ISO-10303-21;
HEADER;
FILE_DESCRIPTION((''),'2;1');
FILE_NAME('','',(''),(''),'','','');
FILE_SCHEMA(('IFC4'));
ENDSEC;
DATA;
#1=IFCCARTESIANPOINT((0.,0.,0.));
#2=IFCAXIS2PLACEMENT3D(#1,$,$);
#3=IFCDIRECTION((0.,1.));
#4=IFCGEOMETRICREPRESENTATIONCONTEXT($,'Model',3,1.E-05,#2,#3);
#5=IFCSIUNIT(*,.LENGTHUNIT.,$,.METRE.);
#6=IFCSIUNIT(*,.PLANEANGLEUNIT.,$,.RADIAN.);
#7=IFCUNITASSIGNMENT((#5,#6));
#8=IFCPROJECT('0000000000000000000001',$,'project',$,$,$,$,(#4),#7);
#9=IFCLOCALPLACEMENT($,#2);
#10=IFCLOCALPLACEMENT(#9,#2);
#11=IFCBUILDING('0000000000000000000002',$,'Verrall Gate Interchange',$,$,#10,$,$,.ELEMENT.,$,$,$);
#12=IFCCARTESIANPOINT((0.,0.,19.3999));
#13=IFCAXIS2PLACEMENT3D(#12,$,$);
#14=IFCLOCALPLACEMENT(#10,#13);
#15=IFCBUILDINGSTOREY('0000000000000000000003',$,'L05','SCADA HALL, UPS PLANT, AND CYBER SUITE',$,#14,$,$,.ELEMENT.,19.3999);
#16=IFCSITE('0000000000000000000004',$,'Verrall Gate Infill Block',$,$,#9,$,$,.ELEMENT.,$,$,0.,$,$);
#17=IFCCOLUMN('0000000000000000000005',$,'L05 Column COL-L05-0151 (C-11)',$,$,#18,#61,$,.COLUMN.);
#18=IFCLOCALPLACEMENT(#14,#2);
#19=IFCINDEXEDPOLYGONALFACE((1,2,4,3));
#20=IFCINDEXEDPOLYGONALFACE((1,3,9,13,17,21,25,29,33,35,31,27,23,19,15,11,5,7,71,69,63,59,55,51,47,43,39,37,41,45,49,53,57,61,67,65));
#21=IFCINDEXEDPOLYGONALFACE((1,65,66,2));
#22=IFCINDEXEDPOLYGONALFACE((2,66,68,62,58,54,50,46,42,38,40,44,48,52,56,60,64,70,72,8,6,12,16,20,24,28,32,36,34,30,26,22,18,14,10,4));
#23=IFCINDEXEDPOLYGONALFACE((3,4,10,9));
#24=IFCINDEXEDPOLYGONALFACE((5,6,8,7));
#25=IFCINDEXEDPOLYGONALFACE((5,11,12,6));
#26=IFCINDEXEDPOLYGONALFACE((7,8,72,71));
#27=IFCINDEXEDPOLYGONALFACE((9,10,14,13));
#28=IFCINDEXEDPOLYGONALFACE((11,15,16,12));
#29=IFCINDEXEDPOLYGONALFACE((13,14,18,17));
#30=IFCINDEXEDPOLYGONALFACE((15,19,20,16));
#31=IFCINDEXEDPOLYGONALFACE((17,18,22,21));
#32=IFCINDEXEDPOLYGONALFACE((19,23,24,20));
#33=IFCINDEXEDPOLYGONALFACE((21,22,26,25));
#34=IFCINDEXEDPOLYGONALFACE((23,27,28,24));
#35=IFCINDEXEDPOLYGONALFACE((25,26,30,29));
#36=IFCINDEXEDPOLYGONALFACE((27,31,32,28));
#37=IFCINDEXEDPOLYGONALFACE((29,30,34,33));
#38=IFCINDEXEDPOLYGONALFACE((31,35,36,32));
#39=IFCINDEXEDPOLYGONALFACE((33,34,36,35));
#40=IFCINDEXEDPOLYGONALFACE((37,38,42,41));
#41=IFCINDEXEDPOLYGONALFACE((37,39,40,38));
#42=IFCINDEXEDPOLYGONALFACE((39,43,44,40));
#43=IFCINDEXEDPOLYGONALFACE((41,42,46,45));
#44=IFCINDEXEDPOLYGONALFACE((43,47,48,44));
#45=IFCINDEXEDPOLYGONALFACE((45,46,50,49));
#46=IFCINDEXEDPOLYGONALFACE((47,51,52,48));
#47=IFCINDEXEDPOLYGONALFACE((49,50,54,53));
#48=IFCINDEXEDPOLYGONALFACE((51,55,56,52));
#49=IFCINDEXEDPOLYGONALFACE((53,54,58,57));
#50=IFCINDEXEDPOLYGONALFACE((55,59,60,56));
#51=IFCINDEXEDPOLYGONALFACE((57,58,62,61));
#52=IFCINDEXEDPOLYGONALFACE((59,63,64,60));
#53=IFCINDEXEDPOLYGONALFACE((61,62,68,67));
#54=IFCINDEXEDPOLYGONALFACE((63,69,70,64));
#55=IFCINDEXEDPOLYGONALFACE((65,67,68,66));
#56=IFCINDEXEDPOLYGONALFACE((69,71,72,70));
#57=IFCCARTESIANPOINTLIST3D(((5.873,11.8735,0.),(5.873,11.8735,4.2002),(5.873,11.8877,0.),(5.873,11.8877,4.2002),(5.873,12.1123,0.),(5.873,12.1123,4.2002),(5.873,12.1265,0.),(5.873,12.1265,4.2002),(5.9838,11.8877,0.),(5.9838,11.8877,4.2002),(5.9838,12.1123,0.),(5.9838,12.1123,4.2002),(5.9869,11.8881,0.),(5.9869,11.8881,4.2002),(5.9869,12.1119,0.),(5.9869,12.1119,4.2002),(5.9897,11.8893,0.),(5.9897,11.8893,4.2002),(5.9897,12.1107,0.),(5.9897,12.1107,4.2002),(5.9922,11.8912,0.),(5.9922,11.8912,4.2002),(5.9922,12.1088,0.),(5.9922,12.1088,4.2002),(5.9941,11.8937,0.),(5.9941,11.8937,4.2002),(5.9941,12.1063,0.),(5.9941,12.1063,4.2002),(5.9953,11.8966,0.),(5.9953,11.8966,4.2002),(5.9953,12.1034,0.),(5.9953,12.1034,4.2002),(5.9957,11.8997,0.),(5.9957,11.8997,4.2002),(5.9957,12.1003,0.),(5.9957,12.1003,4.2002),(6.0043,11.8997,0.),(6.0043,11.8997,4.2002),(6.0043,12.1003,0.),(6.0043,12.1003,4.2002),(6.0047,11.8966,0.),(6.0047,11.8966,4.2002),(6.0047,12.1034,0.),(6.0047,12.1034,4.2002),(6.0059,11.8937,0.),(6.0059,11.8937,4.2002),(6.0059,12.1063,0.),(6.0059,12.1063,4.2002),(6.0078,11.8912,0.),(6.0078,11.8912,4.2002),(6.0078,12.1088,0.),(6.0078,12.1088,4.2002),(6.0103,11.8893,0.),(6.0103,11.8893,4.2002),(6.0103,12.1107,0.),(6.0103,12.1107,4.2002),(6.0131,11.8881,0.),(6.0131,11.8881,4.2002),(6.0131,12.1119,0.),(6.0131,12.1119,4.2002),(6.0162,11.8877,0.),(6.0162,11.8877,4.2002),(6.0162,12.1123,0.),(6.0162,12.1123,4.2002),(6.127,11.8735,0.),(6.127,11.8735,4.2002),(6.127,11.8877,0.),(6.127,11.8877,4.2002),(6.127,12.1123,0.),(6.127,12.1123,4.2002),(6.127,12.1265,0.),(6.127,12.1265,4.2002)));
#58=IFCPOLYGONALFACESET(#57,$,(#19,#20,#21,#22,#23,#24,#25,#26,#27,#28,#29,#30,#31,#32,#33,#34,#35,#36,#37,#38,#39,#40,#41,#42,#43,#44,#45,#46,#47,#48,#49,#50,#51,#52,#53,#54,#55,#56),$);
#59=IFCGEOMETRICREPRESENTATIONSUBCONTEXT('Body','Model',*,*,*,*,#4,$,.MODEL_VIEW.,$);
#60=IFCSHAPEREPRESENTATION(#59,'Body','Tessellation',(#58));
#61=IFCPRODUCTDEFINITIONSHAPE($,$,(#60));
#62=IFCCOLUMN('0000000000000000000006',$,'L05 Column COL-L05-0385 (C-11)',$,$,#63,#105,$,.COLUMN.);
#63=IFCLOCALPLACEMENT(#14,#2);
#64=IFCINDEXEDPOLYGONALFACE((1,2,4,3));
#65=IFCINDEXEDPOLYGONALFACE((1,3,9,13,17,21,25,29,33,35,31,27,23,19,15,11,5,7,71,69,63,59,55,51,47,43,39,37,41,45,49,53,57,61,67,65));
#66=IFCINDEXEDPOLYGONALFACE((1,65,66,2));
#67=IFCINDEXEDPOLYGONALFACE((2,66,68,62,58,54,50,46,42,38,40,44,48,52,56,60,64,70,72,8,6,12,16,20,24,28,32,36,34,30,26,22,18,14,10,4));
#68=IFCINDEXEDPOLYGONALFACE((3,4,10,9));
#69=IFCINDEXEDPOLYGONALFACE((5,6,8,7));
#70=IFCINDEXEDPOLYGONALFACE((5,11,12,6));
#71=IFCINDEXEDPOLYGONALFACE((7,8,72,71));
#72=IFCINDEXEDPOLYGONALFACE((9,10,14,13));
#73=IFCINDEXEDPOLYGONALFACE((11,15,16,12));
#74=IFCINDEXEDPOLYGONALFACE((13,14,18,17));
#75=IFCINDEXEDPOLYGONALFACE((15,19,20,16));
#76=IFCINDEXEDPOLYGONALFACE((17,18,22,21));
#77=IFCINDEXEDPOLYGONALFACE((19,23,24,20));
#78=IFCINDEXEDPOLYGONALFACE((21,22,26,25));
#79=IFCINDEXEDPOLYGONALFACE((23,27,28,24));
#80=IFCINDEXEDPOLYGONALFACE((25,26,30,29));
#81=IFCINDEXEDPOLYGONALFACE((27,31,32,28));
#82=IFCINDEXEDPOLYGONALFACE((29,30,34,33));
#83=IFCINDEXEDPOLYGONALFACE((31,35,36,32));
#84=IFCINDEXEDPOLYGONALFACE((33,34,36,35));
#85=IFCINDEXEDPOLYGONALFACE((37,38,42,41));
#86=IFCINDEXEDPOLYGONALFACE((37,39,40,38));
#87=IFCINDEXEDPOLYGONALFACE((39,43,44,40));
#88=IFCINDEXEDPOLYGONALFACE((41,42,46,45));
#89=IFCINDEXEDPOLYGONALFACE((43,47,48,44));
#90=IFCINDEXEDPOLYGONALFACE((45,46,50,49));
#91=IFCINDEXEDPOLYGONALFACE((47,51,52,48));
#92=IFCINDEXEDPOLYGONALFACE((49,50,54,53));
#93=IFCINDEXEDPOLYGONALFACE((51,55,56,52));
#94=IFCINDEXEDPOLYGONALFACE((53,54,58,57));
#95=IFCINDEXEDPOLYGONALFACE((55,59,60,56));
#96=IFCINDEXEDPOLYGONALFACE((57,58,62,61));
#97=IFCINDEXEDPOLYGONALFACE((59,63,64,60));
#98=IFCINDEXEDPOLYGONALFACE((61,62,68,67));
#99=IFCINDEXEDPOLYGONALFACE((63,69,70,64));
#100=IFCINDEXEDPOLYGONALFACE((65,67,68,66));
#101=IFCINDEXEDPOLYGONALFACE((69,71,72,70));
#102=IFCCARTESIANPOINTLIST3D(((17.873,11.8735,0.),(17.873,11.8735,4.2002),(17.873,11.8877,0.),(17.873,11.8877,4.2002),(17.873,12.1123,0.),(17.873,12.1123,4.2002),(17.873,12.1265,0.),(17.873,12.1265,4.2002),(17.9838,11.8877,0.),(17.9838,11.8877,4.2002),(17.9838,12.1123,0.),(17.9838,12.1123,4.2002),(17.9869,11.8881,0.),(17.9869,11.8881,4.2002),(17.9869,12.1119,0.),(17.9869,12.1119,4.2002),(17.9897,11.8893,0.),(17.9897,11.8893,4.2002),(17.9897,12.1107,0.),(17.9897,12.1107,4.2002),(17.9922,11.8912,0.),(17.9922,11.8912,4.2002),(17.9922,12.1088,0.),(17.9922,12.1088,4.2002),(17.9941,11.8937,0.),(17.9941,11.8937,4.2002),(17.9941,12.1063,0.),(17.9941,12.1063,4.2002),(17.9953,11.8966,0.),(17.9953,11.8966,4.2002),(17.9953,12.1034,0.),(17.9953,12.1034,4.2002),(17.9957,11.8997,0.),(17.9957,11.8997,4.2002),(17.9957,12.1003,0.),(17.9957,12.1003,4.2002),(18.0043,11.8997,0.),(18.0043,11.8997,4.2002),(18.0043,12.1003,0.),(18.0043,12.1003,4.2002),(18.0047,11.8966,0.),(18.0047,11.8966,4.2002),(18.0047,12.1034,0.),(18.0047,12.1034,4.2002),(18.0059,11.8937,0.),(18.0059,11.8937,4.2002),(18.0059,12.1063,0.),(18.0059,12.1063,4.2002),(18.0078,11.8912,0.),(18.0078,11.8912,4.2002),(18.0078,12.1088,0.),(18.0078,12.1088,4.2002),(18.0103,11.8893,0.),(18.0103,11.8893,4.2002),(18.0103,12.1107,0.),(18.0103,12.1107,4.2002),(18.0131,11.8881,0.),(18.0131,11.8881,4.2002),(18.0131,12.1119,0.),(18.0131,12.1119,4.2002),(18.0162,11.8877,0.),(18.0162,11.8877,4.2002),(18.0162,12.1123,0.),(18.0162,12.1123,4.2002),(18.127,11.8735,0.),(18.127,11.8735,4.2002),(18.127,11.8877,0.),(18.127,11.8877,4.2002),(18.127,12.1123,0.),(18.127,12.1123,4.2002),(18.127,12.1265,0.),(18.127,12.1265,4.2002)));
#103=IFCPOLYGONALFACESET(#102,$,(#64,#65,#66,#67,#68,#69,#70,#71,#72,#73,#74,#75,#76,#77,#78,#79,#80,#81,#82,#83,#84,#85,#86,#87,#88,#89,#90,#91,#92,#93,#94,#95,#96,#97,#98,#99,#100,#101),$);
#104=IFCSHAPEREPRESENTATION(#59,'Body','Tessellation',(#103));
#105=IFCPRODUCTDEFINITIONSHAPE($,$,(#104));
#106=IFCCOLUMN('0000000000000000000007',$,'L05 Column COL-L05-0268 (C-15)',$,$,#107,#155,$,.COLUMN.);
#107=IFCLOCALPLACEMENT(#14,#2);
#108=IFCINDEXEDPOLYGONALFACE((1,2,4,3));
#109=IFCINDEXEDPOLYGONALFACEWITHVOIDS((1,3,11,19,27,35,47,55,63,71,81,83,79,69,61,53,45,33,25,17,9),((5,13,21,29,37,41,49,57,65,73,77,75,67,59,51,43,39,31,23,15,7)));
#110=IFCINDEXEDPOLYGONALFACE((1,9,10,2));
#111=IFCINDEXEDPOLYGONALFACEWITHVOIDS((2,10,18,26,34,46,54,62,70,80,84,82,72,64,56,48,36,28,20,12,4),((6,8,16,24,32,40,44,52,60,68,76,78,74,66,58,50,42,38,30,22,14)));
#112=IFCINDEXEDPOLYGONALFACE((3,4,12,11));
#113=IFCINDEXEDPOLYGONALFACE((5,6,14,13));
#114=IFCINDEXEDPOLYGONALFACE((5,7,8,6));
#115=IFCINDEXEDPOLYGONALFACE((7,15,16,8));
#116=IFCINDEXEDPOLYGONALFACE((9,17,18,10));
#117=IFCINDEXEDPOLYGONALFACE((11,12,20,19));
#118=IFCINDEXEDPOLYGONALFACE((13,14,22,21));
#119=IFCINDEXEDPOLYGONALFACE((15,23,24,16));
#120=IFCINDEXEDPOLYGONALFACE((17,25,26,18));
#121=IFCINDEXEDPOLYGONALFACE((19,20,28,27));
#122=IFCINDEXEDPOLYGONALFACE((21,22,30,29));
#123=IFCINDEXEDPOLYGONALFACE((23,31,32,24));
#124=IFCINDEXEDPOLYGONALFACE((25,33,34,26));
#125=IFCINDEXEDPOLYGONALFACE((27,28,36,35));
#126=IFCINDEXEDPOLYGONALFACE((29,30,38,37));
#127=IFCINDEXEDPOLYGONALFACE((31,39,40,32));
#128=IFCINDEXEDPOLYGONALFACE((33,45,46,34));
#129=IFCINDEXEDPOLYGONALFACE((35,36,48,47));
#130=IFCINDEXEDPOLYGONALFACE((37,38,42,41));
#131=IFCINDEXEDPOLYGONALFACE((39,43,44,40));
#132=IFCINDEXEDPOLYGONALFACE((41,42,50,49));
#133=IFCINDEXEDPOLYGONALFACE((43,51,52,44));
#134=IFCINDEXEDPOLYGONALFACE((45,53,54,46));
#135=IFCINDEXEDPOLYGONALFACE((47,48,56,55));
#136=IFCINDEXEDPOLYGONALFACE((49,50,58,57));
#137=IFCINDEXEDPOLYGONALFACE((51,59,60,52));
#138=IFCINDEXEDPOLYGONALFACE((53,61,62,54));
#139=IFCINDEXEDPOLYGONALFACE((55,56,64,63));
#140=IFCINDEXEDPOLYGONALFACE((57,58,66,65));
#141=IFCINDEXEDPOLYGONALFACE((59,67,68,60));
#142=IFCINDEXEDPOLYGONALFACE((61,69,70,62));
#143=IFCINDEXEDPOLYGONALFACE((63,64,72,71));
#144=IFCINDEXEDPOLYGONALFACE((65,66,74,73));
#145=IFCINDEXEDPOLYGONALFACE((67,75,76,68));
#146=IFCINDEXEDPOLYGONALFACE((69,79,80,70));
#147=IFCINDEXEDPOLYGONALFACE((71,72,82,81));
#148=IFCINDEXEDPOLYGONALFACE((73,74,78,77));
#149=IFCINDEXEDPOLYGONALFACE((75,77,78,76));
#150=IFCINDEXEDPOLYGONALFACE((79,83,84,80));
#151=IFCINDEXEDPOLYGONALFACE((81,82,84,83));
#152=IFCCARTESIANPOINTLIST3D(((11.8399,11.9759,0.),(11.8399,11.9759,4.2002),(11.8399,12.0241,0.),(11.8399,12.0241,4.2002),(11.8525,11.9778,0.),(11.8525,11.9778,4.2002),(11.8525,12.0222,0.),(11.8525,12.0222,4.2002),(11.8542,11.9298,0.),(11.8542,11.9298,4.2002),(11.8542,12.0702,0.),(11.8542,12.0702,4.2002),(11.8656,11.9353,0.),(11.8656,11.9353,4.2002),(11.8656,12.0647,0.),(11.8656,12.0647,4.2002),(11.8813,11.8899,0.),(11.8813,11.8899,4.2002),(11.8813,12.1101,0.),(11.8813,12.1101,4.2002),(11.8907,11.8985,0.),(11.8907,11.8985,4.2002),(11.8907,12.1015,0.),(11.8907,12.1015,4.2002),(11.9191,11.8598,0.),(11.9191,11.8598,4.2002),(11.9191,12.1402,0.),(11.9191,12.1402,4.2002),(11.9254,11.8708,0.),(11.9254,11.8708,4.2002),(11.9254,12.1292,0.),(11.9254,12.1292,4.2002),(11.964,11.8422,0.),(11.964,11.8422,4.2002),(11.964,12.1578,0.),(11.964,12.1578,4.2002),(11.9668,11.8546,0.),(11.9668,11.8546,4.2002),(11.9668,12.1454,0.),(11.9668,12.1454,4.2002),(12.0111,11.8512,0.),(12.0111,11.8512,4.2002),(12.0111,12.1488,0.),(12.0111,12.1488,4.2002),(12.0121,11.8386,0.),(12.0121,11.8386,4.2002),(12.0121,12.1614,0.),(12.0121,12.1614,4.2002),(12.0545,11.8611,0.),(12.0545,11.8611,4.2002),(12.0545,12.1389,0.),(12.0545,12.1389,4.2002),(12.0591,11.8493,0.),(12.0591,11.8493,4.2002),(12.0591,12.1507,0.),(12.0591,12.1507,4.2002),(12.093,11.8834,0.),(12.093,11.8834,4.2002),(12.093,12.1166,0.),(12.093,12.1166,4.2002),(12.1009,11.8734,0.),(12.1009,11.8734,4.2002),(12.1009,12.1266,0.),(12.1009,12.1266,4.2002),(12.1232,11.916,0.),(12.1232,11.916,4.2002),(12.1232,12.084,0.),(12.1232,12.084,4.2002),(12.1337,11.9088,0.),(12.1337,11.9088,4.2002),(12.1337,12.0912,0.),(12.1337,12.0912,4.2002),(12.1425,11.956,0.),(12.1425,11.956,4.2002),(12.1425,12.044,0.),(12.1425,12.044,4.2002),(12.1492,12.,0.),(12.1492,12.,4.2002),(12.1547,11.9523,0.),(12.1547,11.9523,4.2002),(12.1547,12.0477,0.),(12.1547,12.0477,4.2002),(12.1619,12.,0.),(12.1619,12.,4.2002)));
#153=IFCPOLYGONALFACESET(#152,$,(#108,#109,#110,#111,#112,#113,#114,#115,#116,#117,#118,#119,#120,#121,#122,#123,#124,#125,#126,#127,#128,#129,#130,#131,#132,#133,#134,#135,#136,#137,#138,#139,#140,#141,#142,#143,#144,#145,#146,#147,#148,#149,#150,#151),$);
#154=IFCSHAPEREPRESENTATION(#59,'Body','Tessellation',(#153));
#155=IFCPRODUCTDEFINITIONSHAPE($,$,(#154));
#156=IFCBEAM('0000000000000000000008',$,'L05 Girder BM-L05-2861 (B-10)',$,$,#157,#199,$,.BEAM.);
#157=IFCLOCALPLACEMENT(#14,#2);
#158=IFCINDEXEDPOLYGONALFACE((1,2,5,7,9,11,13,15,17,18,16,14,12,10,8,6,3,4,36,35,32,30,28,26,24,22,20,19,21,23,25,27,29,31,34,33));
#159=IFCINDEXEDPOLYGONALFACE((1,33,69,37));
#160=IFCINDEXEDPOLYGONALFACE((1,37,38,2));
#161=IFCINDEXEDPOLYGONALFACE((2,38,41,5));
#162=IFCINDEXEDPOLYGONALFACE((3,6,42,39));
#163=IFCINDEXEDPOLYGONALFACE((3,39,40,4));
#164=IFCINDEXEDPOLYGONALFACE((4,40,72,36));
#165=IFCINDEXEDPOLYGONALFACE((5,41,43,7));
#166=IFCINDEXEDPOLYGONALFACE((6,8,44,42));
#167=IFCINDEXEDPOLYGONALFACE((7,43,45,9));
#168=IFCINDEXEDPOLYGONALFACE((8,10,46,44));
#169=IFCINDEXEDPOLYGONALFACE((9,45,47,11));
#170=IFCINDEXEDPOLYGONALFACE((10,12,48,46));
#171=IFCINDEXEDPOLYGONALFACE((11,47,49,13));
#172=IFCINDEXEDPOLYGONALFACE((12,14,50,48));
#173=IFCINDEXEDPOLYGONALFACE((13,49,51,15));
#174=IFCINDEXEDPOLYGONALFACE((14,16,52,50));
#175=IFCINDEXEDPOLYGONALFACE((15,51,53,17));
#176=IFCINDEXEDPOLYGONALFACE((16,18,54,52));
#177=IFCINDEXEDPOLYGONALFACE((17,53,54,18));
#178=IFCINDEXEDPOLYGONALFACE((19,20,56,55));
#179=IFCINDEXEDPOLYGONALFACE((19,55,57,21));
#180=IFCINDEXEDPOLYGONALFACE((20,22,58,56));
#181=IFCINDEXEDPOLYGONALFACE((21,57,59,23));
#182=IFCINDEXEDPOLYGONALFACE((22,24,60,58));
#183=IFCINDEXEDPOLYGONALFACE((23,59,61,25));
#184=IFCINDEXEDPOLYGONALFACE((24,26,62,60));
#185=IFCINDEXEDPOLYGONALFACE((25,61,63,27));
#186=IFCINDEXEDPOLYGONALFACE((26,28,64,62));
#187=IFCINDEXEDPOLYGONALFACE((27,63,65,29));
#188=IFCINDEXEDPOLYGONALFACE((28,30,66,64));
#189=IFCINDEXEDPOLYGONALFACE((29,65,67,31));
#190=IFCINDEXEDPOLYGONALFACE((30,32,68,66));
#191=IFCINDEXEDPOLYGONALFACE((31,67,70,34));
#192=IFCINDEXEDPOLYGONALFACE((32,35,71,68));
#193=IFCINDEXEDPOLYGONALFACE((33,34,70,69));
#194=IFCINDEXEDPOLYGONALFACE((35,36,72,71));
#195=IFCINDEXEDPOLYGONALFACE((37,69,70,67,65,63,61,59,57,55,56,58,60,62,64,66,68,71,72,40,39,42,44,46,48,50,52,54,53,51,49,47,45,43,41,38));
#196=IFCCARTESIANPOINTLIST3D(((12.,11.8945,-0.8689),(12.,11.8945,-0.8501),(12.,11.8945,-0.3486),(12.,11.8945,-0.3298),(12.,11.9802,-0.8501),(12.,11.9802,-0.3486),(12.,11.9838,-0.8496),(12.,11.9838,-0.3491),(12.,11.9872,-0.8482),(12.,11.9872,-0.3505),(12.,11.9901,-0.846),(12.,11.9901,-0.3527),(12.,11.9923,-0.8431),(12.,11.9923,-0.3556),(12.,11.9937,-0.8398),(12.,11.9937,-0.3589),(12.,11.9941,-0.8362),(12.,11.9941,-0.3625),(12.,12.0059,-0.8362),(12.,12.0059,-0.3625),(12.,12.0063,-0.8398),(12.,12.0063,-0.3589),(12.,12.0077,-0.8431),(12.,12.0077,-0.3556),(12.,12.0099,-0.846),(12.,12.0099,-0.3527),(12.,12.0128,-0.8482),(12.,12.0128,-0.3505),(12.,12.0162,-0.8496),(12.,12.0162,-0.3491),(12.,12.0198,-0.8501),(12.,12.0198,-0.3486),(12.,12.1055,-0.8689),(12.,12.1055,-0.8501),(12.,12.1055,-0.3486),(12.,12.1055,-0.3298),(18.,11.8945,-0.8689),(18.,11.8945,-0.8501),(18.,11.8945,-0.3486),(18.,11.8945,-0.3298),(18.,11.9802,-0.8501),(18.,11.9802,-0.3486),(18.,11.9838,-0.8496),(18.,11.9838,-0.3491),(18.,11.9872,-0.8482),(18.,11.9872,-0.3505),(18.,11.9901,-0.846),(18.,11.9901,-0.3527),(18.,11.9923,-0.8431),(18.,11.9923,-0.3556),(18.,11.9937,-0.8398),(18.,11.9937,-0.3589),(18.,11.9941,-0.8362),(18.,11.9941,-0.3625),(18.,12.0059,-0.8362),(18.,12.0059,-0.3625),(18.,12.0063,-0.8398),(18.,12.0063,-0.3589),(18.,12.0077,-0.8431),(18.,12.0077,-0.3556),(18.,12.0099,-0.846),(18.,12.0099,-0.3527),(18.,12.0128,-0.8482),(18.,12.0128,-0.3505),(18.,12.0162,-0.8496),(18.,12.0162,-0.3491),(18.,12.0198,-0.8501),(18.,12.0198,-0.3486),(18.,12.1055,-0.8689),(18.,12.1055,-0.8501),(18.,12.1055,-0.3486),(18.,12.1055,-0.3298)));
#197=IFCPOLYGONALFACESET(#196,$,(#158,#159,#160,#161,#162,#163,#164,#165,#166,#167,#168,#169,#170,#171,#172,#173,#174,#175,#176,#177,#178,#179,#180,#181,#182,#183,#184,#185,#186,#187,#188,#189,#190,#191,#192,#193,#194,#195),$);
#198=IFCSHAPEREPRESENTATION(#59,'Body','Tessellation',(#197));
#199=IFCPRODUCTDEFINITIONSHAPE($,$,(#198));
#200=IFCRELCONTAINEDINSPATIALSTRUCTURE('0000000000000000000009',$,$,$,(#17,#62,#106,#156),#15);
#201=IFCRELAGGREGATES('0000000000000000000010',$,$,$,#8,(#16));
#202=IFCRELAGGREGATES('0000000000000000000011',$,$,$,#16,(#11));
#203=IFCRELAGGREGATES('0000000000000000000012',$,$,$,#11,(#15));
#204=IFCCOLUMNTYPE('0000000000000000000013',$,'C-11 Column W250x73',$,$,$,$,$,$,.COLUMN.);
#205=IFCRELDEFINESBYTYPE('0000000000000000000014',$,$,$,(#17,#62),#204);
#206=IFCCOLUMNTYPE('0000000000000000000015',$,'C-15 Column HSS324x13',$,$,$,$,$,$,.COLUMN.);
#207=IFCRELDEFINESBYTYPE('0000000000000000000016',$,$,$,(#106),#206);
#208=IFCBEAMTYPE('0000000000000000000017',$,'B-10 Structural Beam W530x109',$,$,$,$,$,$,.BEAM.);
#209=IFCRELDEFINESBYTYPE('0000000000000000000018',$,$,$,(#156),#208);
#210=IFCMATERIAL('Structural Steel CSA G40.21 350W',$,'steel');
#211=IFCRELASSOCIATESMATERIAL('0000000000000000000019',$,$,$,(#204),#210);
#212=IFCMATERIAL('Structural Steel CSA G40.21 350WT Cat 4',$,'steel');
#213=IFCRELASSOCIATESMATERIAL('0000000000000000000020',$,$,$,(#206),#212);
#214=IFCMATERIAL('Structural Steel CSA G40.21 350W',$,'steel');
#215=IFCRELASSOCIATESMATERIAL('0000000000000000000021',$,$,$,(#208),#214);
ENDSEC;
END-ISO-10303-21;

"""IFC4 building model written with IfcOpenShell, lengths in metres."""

from ifc_helpers import new_model, si_unit, direction, frame, origin, origin_2d, place, context, subcontext, project, spatial, hollow_circle, i_section, extrude, material, material_profile, profile_set, type_object, element, save


model = new_model("IFC4")

# Units and contexts
model_context = context("Model", 3, precision=1e-05, world=origin(), true_north=direction((0.0, 1.0)))
body_context = subcontext(model_context, "Body", "Model", "MODEL_VIEW")
ifc_project = project(units=[si_unit("LENGTHUNIT", "METRE"), si_unit("PLANEANGLEUNIT", "RADIAN")], contexts=[model_context])

# Site, building, storey
site_placement = place(None, origin())
site = spatial("IfcSite", under=ifc_project, at=site_placement, Name="Verrall Gate Infill Block", CompositionType="ELEMENT", RefElevation=0.0)
building_placement = place(site_placement, origin())
building = spatial("IfcBuilding", under=site, at=building_placement, Name="Verrall Gate Interchange", CompositionType="ELEMENT")
storey_placement = place(building_placement, frame((0.0, 0.0, 19.3999)))
storey = spatial("IfcBuildingStorey", under=building, at=storey_placement, Name="L05", Description="SCADA HALL, UPS PLANT, AND CYBER SUITE", CompositionType="ELEMENT", Elevation=19.3999)

# Columns
ifc_material_1 = material(Name="Structural Steel CSA G40.21 350W", Category="steel")
ifc_material_profile_1 = material_profile(ifc_material_1, i_section(OverallWidth=0.2539, OverallDepth=0.2529, WebThickness=0.0085, FlangeThickness=0.0142, FilletRadius=0.012, at=origin_2d()), Name="W250x73")
ifc_profile_set_1 = profile_set([ifc_material_profile_1], Name="Structural Steel CSA G40.21 350W")
column_type_1 = type_object("IfcColumnType", Name="C-11 Column W250x73", PredefinedType="COLUMN", material=ifc_profile_set_1)
for number, where, z_axis, x_axis, name in (
    (1, (6.0, 12.0, 0.0), (0.0, 0.0, 1.0), (1.0, 0.0, 0.0), "L05 Column COL-L05-0151 (C-11)"),
    (2, (18.0, 12.0, 0.0), (0.0, 0.0, 1.0), (1.0, 0.0, 0.0), "L05 Column COL-L05-0385 (C-11)"),
):
    element("IfcColumn", number, at=place(storey_placement, frame(where, z_axis=z_axis, x_axis=x_axis)), inside=storey, type_object=column_type_1, Name=name, PredefinedType="COLUMN", context=body_context, shape_type="SweptSolid", body=[
        extrude(i_section(OverallWidth=0.2539, OverallDepth=0.2529, WebThickness=0.0085, FlangeThickness=0.0142, FilletRadius=0.012, at=origin_2d()), origin(), (0.0, 0.0, 1.0), 4.2002),
    ])
ifc_material_2 = material(Name="Structural Steel CSA G40.21 350WT Cat 4", Category="steel")
ifc_material_profile_2 = material_profile(ifc_material_2, hollow_circle(Radius=0.1619, WallThickness=0.0127, at=origin_2d()), Name="HSS324x13")
ifc_profile_set_2 = profile_set([ifc_material_profile_2], Name="Structural Steel CSA G40.21 350WT Cat 4")
column_type_2 = type_object("IfcColumnType", Name="C-15 Column HSS324x13", PredefinedType="COLUMN", material=ifc_profile_set_2)
column_placement = place(storey_placement, frame((12.0, 12.0, 0.0), z_axis=(0.0, 0.0, 1.0), x_axis=(1.0, 0.0, 0.0)))
element("IfcColumn", 3, at=column_placement, inside=storey, type_object=column_type_2, Name="L05 Column COL-L05-0268 (C-15)", PredefinedType="COLUMN", context=body_context, shape_type="SweptSolid", body=[
    extrude(hollow_circle(Radius=0.1619, WallThickness=0.0127, at=origin_2d()), origin(), (0.0, 0.0, 1.0), 4.2002),
])

# Beam
ifc_material_3 = material(Name="Structural Steel CSA G40.21 350W", Category="steel")
ifc_material_profile_3 = material_profile(ifc_material_3, i_section(OverallWidth=0.2109, OverallDepth=0.5391, WebThickness=0.0117, FlangeThickness=0.0188, FilletRadius=0.0139, at=origin_2d()), Name="W530x109")
ifc_profile_set_3 = profile_set([ifc_material_profile_3], Name="Structural Steel CSA G40.21 350W")
beam_type_1 = type_object("IfcBeamType", Name="B-10 Structural Beam W530x109", PredefinedType="BEAM", material=ifc_profile_set_3)
beam_1_placement = place(storey_placement, frame((12.0, 12.0, -0.5994), z_axis=(1.0, 0.0, 0.0), x_axis=(0.0, 1.0, 0.0)))
element("IfcBeam", 4, at=beam_1_placement, inside=storey, type_object=beam_type_1, Name="L05 Girder BM-L05-2861 (B-10)", PredefinedType="BEAM", context=body_context, shape_type="SweptSolid", body=[
    extrude(i_section(OverallWidth=0.2109, OverallDepth=0.5391, WebThickness=0.0117, FlangeThickness=0.0188, FilletRadius=0.0139, at=origin_2d()), origin(), (0.0, 0.0, 1.0), 6.0),
])

save(model, "model.ifc")
